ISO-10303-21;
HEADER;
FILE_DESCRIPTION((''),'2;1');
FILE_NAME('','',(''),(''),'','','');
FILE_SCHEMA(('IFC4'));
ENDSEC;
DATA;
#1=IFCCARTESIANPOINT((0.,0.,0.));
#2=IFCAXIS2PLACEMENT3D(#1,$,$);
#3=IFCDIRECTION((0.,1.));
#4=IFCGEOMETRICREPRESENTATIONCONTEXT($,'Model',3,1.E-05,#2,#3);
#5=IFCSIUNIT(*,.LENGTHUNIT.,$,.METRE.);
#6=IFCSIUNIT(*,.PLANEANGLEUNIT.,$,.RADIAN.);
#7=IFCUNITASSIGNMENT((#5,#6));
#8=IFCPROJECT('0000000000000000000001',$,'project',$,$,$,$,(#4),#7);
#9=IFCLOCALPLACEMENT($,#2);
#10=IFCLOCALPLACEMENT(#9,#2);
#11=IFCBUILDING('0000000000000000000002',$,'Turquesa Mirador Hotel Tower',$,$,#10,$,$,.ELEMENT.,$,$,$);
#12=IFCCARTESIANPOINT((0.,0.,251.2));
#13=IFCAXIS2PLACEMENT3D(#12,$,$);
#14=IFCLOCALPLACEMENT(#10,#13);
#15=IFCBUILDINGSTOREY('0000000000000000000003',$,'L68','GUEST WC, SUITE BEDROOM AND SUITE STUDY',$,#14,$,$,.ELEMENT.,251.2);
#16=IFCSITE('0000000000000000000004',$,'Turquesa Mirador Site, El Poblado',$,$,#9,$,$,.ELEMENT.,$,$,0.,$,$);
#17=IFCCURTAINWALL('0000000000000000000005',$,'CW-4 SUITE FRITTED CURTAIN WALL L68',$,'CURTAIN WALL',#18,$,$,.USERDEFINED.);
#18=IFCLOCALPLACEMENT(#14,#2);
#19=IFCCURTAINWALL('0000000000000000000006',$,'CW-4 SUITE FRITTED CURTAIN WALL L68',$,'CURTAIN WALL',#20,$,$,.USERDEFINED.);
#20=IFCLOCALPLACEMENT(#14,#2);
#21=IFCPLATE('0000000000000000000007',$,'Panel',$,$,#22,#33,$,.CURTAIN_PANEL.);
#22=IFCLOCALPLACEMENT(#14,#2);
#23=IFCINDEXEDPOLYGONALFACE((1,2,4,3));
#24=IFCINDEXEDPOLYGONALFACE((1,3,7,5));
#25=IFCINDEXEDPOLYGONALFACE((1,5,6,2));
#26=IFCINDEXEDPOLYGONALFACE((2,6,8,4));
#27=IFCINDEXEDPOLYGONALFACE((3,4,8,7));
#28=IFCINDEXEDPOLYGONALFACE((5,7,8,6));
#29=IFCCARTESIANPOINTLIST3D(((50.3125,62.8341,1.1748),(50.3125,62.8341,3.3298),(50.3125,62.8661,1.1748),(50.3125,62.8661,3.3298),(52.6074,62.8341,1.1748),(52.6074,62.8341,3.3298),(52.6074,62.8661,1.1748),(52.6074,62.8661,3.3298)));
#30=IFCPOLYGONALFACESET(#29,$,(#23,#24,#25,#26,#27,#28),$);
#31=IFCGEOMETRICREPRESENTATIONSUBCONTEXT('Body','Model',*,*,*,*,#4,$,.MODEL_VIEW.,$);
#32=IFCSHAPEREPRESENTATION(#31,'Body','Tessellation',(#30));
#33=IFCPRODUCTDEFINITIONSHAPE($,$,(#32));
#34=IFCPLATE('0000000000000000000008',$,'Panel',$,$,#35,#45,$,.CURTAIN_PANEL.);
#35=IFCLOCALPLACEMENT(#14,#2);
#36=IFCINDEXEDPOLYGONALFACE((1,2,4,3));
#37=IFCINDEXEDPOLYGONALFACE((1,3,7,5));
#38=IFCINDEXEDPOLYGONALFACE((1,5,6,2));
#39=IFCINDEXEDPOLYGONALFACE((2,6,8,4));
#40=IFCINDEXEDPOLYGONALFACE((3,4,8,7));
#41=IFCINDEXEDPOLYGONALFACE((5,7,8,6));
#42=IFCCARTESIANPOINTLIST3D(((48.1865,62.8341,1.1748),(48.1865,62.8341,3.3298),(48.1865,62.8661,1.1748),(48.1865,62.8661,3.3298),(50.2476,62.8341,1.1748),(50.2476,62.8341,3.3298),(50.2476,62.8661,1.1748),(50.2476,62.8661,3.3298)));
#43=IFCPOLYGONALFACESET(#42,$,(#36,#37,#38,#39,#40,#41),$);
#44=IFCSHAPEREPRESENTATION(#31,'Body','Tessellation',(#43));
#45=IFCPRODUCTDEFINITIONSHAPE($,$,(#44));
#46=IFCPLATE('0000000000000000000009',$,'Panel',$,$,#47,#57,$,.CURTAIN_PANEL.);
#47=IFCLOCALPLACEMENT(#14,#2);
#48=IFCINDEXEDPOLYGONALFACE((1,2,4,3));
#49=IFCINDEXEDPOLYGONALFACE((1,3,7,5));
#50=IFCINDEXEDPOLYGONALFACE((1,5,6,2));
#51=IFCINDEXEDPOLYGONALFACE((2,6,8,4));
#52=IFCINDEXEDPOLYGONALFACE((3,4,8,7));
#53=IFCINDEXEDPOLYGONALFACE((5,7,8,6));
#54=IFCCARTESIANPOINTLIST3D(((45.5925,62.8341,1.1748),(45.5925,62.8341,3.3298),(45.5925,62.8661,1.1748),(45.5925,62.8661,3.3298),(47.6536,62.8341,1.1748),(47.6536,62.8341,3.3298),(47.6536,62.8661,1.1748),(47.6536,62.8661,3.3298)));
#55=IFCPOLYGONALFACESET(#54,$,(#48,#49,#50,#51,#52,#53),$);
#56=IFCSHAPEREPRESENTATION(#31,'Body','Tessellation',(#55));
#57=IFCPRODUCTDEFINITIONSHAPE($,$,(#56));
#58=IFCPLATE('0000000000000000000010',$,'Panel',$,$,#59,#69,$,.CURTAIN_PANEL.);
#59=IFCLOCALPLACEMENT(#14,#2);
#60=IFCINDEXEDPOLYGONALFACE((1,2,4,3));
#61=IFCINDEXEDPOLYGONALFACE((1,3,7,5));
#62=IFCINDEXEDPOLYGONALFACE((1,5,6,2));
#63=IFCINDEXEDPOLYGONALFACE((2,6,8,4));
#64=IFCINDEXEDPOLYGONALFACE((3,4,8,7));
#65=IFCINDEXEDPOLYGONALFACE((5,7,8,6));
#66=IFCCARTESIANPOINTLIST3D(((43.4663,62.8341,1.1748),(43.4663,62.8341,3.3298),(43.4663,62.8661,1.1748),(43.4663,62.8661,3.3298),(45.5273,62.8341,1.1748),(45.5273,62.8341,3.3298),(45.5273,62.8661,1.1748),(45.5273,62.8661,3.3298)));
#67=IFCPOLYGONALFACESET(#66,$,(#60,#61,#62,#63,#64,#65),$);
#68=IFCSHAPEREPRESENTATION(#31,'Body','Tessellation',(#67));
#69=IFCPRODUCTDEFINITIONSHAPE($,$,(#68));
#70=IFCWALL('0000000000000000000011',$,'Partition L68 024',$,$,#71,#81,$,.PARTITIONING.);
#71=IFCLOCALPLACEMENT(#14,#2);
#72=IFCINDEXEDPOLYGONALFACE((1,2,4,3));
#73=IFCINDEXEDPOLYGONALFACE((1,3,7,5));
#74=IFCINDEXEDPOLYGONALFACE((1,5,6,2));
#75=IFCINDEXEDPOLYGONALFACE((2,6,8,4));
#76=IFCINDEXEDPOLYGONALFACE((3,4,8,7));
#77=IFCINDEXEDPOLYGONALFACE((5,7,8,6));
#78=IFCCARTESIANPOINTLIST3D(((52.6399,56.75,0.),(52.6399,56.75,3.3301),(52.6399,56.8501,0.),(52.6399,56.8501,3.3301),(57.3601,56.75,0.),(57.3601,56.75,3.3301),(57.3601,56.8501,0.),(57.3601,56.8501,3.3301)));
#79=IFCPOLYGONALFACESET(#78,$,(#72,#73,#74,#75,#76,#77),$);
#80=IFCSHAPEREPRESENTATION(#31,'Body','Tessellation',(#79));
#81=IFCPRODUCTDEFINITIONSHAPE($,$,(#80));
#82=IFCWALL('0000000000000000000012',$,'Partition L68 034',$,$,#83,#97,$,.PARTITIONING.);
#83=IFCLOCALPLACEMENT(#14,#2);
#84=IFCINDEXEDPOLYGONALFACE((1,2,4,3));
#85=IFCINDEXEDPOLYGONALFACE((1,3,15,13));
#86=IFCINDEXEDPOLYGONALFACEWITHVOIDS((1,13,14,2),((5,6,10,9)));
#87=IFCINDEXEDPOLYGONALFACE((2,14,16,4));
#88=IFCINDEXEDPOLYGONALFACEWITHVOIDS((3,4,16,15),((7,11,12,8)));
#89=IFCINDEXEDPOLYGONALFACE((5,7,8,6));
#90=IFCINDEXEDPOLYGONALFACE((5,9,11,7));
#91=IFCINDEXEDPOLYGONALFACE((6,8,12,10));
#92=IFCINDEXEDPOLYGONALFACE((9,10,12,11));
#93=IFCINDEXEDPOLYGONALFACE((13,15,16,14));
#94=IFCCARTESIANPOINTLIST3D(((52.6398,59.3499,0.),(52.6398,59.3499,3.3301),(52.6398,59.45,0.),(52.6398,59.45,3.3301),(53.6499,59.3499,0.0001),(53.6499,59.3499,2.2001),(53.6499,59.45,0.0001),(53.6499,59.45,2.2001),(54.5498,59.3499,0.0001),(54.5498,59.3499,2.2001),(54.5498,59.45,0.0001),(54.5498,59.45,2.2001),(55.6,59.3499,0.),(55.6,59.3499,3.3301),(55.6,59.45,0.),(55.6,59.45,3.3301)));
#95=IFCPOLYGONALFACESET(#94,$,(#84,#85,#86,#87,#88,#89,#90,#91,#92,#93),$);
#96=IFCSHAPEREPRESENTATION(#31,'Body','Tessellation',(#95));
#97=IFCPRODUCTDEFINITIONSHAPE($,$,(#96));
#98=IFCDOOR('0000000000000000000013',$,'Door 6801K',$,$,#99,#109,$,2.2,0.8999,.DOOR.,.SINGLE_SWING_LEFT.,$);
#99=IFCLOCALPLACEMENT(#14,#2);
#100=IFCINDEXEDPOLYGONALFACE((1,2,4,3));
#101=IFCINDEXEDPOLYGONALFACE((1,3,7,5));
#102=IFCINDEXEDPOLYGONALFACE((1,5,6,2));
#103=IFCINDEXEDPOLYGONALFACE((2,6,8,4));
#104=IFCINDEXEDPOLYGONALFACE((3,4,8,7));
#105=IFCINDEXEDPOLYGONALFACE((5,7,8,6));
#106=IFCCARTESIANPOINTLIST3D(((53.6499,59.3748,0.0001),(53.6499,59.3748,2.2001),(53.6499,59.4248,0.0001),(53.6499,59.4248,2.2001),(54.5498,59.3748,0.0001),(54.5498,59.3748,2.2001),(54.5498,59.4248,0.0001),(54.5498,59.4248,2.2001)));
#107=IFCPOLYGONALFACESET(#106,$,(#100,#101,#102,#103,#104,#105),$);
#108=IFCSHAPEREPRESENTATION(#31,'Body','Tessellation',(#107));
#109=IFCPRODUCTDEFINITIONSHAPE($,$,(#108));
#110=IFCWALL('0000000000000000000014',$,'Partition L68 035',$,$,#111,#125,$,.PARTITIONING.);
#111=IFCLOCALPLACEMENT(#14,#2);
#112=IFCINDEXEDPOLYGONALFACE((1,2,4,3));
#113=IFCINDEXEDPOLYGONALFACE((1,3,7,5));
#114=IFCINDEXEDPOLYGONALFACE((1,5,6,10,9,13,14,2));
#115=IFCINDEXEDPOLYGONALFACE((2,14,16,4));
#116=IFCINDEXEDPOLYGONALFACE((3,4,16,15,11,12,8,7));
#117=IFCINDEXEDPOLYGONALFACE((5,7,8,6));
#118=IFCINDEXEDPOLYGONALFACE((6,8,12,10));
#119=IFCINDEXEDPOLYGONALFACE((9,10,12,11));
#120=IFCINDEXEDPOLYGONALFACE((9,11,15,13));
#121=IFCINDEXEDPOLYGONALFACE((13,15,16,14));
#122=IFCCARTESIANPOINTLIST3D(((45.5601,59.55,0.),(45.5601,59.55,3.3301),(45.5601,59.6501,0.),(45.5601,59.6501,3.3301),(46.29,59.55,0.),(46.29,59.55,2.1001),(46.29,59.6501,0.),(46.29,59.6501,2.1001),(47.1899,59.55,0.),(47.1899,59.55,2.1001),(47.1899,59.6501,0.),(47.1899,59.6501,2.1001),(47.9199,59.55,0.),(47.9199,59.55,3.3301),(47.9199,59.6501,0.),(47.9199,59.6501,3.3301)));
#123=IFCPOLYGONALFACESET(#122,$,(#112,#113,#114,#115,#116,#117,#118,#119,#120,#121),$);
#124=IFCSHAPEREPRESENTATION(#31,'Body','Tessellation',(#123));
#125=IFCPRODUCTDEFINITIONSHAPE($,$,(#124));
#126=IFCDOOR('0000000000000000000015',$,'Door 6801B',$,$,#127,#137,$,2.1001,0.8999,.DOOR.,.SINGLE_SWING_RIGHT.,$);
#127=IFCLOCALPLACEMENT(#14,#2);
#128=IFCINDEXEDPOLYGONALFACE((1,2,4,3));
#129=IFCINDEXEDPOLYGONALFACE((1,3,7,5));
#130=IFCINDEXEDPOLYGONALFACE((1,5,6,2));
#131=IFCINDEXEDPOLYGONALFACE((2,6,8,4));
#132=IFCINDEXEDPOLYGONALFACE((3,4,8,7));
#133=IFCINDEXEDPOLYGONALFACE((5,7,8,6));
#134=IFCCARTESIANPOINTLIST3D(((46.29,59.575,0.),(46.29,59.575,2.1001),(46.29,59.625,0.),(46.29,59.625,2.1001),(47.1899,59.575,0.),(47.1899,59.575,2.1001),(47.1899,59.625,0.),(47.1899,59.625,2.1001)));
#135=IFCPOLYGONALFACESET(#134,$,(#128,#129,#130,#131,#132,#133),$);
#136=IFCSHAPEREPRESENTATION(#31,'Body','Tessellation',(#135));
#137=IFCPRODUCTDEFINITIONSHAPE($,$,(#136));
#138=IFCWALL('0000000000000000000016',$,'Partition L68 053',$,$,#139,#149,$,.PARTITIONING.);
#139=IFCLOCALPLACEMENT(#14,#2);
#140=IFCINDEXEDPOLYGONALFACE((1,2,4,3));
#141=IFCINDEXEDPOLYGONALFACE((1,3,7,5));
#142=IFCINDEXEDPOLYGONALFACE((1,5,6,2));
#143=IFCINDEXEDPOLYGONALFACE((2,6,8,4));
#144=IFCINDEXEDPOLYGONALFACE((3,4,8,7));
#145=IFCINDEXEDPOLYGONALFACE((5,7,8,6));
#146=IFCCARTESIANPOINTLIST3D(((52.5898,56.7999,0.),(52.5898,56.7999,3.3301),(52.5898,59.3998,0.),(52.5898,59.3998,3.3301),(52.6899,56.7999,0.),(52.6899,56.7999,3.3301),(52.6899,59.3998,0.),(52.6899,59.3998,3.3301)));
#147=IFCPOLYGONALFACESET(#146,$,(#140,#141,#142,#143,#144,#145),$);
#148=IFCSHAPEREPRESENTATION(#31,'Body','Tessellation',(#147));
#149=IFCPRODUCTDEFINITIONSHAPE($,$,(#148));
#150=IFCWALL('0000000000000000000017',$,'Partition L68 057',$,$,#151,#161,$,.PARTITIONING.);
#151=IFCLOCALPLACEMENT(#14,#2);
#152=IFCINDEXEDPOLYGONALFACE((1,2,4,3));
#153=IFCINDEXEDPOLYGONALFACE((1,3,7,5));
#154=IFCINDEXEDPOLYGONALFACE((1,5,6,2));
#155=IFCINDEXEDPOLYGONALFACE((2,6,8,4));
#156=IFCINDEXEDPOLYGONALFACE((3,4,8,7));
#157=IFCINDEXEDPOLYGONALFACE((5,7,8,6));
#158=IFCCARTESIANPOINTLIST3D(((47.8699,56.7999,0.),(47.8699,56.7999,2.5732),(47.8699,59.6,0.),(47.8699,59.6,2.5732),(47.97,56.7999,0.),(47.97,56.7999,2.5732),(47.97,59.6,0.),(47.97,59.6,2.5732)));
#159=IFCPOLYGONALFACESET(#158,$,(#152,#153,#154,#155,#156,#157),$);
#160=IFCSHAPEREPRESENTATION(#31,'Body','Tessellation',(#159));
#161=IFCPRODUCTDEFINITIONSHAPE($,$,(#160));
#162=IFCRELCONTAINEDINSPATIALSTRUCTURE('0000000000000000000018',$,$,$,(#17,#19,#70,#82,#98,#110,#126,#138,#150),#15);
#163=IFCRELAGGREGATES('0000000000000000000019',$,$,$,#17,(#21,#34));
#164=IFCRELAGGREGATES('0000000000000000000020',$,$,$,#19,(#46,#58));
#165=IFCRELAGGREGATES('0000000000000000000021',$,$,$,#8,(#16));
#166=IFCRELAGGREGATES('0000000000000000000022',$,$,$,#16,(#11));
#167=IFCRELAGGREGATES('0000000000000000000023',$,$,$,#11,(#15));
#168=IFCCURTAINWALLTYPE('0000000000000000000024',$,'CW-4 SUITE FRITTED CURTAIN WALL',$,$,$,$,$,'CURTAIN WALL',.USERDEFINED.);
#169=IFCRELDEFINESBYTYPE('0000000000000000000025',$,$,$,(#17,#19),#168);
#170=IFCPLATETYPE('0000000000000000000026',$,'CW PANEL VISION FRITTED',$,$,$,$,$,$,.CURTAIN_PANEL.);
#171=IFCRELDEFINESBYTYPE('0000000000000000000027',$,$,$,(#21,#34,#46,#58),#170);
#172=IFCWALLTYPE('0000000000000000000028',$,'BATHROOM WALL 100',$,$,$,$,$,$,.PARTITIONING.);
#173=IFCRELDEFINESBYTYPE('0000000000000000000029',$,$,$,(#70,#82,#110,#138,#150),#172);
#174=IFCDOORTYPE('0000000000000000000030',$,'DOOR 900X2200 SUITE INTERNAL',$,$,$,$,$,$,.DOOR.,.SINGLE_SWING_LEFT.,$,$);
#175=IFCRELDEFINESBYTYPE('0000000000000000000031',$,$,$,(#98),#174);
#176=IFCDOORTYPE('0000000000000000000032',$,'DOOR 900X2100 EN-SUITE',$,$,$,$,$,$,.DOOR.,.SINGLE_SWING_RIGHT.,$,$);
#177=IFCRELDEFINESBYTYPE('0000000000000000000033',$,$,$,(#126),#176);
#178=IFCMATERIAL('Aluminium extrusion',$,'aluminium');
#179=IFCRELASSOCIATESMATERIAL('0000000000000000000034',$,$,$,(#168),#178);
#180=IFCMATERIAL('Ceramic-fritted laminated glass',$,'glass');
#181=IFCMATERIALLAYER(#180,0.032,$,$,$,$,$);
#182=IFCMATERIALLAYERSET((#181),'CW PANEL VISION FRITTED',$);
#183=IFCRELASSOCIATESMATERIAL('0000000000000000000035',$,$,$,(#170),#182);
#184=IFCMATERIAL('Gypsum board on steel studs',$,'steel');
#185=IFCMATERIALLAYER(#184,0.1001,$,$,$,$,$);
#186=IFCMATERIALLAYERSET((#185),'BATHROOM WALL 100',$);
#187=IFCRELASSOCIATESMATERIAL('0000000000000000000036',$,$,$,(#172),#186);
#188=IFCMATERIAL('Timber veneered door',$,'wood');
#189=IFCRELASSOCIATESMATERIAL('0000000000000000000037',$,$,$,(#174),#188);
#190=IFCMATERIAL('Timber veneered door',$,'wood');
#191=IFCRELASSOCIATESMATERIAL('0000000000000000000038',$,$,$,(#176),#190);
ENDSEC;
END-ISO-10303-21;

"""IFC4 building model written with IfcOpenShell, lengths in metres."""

from ifc_helpers import new_model, si_unit, direction, frame, frame_2d, origin, origin_2d, place, context, subcontext, project, spatial, rectangle, extrude, material, layer, layer_set, type_object, element, fill, aggregate, save


model = new_model("IFC4")

# Units and contexts
model_context = context("Model", 3, precision=1e-05, world=origin(), true_north=direction((0.0, 1.0)))
body_context = subcontext(model_context, "Body", "Model", "MODEL_VIEW")
ifc_project = project(units=[si_unit("LENGTHUNIT", "METRE"), si_unit("PLANEANGLEUNIT", "RADIAN")], contexts=[model_context])

# Site, building, storey
site_placement = place(None, origin())
site = spatial("IfcSite", under=ifc_project, at=site_placement, Name="Turquesa Mirador Site, El Poblado", CompositionType="ELEMENT", RefElevation=0.0)
building_placement = place(site_placement, origin())
building = spatial("IfcBuilding", under=site, at=building_placement, Name="Turquesa Mirador Hotel Tower", CompositionType="ELEMENT")
storey_placement = place(building_placement, frame((0.0, 0.0, 251.2)))
storey = spatial("IfcBuildingStorey", under=building, at=storey_placement, Name="L68", Description="GUEST WC, SUITE BEDROOM AND SUITE STUDY", CompositionType="ELEMENT", Elevation=251.2)

# Curtain walls
ifc_material_1 = material(Name="Aluminium extrusion", Category="aluminium")
curtain_wall_type = type_object("IfcCurtainWallType", Name="CW-4 SUITE FRITTED CURTAIN WALL", ElementType="CURTAIN WALL", PredefinedType="USERDEFINED", material=ifc_material_1)
curtain_wall_1_placement = place(storey_placement, origin())
curtain_wall_1 = element("IfcCurtainWall", 1, at=curtain_wall_1_placement, inside=storey, type_object=curtain_wall_type, Name="CW-4 SUITE FRITTED CURTAIN WALL L68", ObjectType="CURTAIN WALL", PredefinedType="USERDEFINED")
curtain_wall_2_placement = place(storey_placement, origin())
curtain_wall_2 = element("IfcCurtainWall", 2, at=curtain_wall_2_placement, inside=storey, type_object=curtain_wall_type, Name="CW-4 SUITE FRITTED CURTAIN WALL L68", ObjectType="CURTAIN WALL", PredefinedType="USERDEFINED")

# Plates
ifc_material_2 = material(Name="Ceramic-fritted laminated glass", Category="glass")
ifc_layer_1 = layer(ifc_material_2, 0.032)
ifc_layer_set_1 = layer_set([ifc_layer_1], Name="CW PANEL VISION FRITTED")
plate_type_1 = type_object("IfcPlateType", Name="CW PANEL VISION FRITTED", PredefinedType="CURTAIN_PANEL", material=ifc_layer_set_1)
plate_1_placement = place(storey_placement, frame((51.46, 62.8501, 1.1748), z_axis=(0.0, 0.0, 1.0), x_axis=(-1.0, 0.0, 0.0)))
plate_1 = element("IfcPlate", 3, at=plate_1_placement, type_object=plate_type_1, Name="Panel", PredefinedType="CURTAIN_PANEL", context=body_context, shape_type="SweptSolid", body=[
    extrude(rectangle(XDim=2.2949, YDim=0.032, at=origin_2d()), origin(), (0.0, 0.0, 1.0), 2.155),
])
plate_2_placement = place(storey_placement, frame((49.217, 62.8501, 1.1748), z_axis=(0.0, 0.0, 1.0), x_axis=(-1.0, 0.0, 0.0)))
plate_2 = element("IfcPlate", 4, at=plate_2_placement, type_object=plate_type_1, Name="Panel", PredefinedType="CURTAIN_PANEL", context=body_context, shape_type="SweptSolid", body=[
    extrude(rectangle(XDim=2.061, YDim=0.032, at=origin_2d()), origin(), (0.0, 0.0, 1.0), 2.155),
])
aggregate(curtain_wall_1, [plate_1, plate_2])
plate_3_placement = place(storey_placement, frame((46.623, 62.8501, 1.1748), z_axis=(0.0, 0.0, 1.0), x_axis=(-1.0, 0.0, 0.0)))
plate_3 = element("IfcPlate", 5, at=plate_3_placement, type_object=plate_type_1, Name="Panel", PredefinedType="CURTAIN_PANEL", context=body_context, shape_type="SweptSolid", body=[
    extrude(rectangle(XDim=2.061, YDim=0.032, at=origin_2d()), origin(), (0.0, 0.0, 1.0), 2.155),
])
plate_4_placement = place(storey_placement, frame((44.4968, 62.8501, 1.1748), z_axis=(0.0, 0.0, 1.0), x_axis=(-1.0, 0.0, 0.0)))
plate_4 = element("IfcPlate", 6, at=plate_4_placement, type_object=plate_type_1, Name="Panel", PredefinedType="CURTAIN_PANEL", context=body_context, shape_type="SweptSolid", body=[
    extrude(rectangle(XDim=2.061, YDim=0.032, at=origin_2d()), origin(), (0.0, 0.0, 1.0), 2.155),
])
aggregate(curtain_wall_2, [plate_3, plate_4])

# Wall
ifc_material_3 = material(Name="Gypsum board on steel studs", Category="steel")
ifc_layer_2 = layer(ifc_material_3, 0.1001)
ifc_layer_set_2 = layer_set([ifc_layer_2], Name="BATHROOM WALL 100")
wall_type_1 = type_object("IfcWallType", Name="BATHROOM WALL 100", PredefinedType="PARTITIONING", material=ifc_layer_set_2)
wall_1_placement = place(storey_placement, frame((52.6399, 56.8, 0.0), z_axis=(0.0, 0.0, 1.0), x_axis=(1.0, 0.0, 0.0)))
element("IfcWall", 7, at=wall_1_placement, inside=storey, type_object=wall_type_1, Name="Partition L68 024", PredefinedType="PARTITIONING", context=body_context, shape_type="SweptSolid", body=[
    extrude(rectangle(XDim=4.7202, YDim=0.1001, at=frame_2d((2.3601, 0.0))), origin(), (0.0, 0.0, 1.0), 3.3301),
])

# Walls, openings, doors
wall_2_placement = place(storey_placement, frame((52.6399, 59.3999, 0.0), z_axis=(0.0, 0.0, 1.0), x_axis=(1.0, 0.0, 0.0)))
wall_2 = element("IfcWall", 8, at=wall_2_placement, inside=storey, type_object=wall_type_1, Name="Partition L68 034", PredefinedType="PARTITIONING", context=body_context, shape_type="SweptSolid", body=[
    extrude(rectangle(XDim=2.9602, YDim=0.1001, at=frame_2d((1.48, 0.0))), origin(), (0.0, 0.0, 1.0), 3.3301),
])
opening_1_placement = place(wall_2_placement, frame((1.01, 0.0, 0.0)))
opening_1 = element("IfcOpeningElement", 9, at=opening_1_placement, cuts=wall_2, PredefinedType="OPENING", context=body_context, shape_type="SweptSolid", body=[
    extrude(rectangle(XDim=0.8999, YDim=2.2, at=frame_2d((0.45, 1.1001))), frame((0.0, 0.0601, 0.0), z_axis=(0.0, -1.0, 0.0), x_axis=(1.0, 0.0, 0.0)), (0.0, 0.0, 1.0), 0.1201),
])
ifc_material_4 = material(Name="Timber veneered door", Category="wood")
door_type_1 = type_object("IfcDoorType", Name="DOOR 900X2200 SUITE INTERNAL", OperationType="SINGLE_SWING_LEFT", PredefinedType="DOOR", material=ifc_material_4)
door_1_placement = place(opening_1_placement, origin())
door_1 = element("IfcDoor", 10, at=door_1_placement, inside=storey, type_object=door_type_1, Name="Door 6801K", OperationType="SINGLE_SWING_LEFT", OverallHeight=2.2, OverallWidth=0.8999, PredefinedType="DOOR", context=body_context, shape_type="SweptSolid", body=[
    extrude(rectangle(XDim=0.8999, YDim=2.2, at=frame_2d((0.45, 1.1001))), frame((0.0, 0.0249, 0.0), z_axis=(0.0, -1.0, 0.0), x_axis=(1.0, 0.0, 0.0)), (0.0, 0.0, 1.0), 0.05),
])
fill(opening_1, door_1)
wall_3_placement = place(storey_placement, frame((45.5601, 59.6001, 0.0), z_axis=(0.0, 0.0, 1.0), x_axis=(1.0, 0.0, 0.0)))
wall_3 = element("IfcWall", 11, at=wall_3_placement, inside=storey, type_object=wall_type_1, Name="Partition L68 035", PredefinedType="PARTITIONING", context=body_context, shape_type="SweptSolid", body=[
    extrude(rectangle(XDim=2.3599, YDim=0.1001, at=frame_2d((1.1799, 0.0))), origin(), (0.0, 0.0, 1.0), 3.3301),
])
opening_2_placement = place(wall_3_placement, frame((0.73, 0.0, 0.0)))
opening_2 = element("IfcOpeningElement", 12, at=opening_2_placement, cuts=wall_3, PredefinedType="OPENING", context=body_context, shape_type="SweptSolid", body=[
    extrude(rectangle(XDim=0.8999, YDim=2.1001, at=frame_2d((0.45, 1.05))), frame((0.0, 0.0601, 0.0), z_axis=(0.0, -1.0, 0.0), x_axis=(1.0, 0.0, 0.0)), (0.0, 0.0, 1.0), 0.1201),
])
ifc_material_5 = material(Name="Timber veneered door", Category="wood")
door_type_2 = type_object("IfcDoorType", Name="DOOR 900X2100 EN-SUITE", OperationType="SINGLE_SWING_RIGHT", PredefinedType="DOOR", material=ifc_material_5)
door_2_placement = place(opening_2_placement, origin())
door_2 = element("IfcDoor", 13, at=door_2_placement, inside=storey, type_object=door_type_2, Name="Door 6801B", OperationType="SINGLE_SWING_RIGHT", OverallHeight=2.1001, OverallWidth=0.8999, PredefinedType="DOOR", context=body_context, shape_type="SweptSolid", body=[
    extrude(rectangle(XDim=0.8999, YDim=2.1001, at=frame_2d((0.45, 1.05))), frame((0.0, 0.0249, 0.0), z_axis=(0.0, -1.0, 0.0), x_axis=(1.0, 0.0, 0.0)), (0.0, 0.0, 1.0), 0.05),
])
fill(opening_2, door_2)

# Walls
wall_4_placement = place(storey_placement, frame((52.6399, 56.8, 0.0), z_axis=(0.0, 0.0, 1.0), x_axis=(0.0, 1.0, 0.0)))
element("IfcWall", 14, at=wall_4_placement, inside=storey, type_object=wall_type_1, Name="Partition L68 053", PredefinedType="PARTITIONING", context=body_context, shape_type="SweptSolid", body=[
    extrude(rectangle(XDim=2.5999, YDim=0.1001, at=frame_2d((1.2998, 0.0))), origin(), (0.0, 0.0, 1.0), 3.3301),
])
wall_5_placement = place(storey_placement, frame((47.9199, 56.8, 0.0), z_axis=(0.0, 0.0, 1.0), x_axis=(0.0, 1.0, 0.0)))
element("IfcWall", 15, at=wall_5_placement, inside=storey, type_object=wall_type_1, Name="Partition L68 057", PredefinedType="PARTITIONING", context=body_context, shape_type="SweptSolid", body=[
    extrude(rectangle(XDim=2.8, YDim=0.1001, at=frame_2d((1.3999, 0.0))), origin(), (0.0, 0.0, 1.0), 2.5732),
])

save(model, "model.ifc")
